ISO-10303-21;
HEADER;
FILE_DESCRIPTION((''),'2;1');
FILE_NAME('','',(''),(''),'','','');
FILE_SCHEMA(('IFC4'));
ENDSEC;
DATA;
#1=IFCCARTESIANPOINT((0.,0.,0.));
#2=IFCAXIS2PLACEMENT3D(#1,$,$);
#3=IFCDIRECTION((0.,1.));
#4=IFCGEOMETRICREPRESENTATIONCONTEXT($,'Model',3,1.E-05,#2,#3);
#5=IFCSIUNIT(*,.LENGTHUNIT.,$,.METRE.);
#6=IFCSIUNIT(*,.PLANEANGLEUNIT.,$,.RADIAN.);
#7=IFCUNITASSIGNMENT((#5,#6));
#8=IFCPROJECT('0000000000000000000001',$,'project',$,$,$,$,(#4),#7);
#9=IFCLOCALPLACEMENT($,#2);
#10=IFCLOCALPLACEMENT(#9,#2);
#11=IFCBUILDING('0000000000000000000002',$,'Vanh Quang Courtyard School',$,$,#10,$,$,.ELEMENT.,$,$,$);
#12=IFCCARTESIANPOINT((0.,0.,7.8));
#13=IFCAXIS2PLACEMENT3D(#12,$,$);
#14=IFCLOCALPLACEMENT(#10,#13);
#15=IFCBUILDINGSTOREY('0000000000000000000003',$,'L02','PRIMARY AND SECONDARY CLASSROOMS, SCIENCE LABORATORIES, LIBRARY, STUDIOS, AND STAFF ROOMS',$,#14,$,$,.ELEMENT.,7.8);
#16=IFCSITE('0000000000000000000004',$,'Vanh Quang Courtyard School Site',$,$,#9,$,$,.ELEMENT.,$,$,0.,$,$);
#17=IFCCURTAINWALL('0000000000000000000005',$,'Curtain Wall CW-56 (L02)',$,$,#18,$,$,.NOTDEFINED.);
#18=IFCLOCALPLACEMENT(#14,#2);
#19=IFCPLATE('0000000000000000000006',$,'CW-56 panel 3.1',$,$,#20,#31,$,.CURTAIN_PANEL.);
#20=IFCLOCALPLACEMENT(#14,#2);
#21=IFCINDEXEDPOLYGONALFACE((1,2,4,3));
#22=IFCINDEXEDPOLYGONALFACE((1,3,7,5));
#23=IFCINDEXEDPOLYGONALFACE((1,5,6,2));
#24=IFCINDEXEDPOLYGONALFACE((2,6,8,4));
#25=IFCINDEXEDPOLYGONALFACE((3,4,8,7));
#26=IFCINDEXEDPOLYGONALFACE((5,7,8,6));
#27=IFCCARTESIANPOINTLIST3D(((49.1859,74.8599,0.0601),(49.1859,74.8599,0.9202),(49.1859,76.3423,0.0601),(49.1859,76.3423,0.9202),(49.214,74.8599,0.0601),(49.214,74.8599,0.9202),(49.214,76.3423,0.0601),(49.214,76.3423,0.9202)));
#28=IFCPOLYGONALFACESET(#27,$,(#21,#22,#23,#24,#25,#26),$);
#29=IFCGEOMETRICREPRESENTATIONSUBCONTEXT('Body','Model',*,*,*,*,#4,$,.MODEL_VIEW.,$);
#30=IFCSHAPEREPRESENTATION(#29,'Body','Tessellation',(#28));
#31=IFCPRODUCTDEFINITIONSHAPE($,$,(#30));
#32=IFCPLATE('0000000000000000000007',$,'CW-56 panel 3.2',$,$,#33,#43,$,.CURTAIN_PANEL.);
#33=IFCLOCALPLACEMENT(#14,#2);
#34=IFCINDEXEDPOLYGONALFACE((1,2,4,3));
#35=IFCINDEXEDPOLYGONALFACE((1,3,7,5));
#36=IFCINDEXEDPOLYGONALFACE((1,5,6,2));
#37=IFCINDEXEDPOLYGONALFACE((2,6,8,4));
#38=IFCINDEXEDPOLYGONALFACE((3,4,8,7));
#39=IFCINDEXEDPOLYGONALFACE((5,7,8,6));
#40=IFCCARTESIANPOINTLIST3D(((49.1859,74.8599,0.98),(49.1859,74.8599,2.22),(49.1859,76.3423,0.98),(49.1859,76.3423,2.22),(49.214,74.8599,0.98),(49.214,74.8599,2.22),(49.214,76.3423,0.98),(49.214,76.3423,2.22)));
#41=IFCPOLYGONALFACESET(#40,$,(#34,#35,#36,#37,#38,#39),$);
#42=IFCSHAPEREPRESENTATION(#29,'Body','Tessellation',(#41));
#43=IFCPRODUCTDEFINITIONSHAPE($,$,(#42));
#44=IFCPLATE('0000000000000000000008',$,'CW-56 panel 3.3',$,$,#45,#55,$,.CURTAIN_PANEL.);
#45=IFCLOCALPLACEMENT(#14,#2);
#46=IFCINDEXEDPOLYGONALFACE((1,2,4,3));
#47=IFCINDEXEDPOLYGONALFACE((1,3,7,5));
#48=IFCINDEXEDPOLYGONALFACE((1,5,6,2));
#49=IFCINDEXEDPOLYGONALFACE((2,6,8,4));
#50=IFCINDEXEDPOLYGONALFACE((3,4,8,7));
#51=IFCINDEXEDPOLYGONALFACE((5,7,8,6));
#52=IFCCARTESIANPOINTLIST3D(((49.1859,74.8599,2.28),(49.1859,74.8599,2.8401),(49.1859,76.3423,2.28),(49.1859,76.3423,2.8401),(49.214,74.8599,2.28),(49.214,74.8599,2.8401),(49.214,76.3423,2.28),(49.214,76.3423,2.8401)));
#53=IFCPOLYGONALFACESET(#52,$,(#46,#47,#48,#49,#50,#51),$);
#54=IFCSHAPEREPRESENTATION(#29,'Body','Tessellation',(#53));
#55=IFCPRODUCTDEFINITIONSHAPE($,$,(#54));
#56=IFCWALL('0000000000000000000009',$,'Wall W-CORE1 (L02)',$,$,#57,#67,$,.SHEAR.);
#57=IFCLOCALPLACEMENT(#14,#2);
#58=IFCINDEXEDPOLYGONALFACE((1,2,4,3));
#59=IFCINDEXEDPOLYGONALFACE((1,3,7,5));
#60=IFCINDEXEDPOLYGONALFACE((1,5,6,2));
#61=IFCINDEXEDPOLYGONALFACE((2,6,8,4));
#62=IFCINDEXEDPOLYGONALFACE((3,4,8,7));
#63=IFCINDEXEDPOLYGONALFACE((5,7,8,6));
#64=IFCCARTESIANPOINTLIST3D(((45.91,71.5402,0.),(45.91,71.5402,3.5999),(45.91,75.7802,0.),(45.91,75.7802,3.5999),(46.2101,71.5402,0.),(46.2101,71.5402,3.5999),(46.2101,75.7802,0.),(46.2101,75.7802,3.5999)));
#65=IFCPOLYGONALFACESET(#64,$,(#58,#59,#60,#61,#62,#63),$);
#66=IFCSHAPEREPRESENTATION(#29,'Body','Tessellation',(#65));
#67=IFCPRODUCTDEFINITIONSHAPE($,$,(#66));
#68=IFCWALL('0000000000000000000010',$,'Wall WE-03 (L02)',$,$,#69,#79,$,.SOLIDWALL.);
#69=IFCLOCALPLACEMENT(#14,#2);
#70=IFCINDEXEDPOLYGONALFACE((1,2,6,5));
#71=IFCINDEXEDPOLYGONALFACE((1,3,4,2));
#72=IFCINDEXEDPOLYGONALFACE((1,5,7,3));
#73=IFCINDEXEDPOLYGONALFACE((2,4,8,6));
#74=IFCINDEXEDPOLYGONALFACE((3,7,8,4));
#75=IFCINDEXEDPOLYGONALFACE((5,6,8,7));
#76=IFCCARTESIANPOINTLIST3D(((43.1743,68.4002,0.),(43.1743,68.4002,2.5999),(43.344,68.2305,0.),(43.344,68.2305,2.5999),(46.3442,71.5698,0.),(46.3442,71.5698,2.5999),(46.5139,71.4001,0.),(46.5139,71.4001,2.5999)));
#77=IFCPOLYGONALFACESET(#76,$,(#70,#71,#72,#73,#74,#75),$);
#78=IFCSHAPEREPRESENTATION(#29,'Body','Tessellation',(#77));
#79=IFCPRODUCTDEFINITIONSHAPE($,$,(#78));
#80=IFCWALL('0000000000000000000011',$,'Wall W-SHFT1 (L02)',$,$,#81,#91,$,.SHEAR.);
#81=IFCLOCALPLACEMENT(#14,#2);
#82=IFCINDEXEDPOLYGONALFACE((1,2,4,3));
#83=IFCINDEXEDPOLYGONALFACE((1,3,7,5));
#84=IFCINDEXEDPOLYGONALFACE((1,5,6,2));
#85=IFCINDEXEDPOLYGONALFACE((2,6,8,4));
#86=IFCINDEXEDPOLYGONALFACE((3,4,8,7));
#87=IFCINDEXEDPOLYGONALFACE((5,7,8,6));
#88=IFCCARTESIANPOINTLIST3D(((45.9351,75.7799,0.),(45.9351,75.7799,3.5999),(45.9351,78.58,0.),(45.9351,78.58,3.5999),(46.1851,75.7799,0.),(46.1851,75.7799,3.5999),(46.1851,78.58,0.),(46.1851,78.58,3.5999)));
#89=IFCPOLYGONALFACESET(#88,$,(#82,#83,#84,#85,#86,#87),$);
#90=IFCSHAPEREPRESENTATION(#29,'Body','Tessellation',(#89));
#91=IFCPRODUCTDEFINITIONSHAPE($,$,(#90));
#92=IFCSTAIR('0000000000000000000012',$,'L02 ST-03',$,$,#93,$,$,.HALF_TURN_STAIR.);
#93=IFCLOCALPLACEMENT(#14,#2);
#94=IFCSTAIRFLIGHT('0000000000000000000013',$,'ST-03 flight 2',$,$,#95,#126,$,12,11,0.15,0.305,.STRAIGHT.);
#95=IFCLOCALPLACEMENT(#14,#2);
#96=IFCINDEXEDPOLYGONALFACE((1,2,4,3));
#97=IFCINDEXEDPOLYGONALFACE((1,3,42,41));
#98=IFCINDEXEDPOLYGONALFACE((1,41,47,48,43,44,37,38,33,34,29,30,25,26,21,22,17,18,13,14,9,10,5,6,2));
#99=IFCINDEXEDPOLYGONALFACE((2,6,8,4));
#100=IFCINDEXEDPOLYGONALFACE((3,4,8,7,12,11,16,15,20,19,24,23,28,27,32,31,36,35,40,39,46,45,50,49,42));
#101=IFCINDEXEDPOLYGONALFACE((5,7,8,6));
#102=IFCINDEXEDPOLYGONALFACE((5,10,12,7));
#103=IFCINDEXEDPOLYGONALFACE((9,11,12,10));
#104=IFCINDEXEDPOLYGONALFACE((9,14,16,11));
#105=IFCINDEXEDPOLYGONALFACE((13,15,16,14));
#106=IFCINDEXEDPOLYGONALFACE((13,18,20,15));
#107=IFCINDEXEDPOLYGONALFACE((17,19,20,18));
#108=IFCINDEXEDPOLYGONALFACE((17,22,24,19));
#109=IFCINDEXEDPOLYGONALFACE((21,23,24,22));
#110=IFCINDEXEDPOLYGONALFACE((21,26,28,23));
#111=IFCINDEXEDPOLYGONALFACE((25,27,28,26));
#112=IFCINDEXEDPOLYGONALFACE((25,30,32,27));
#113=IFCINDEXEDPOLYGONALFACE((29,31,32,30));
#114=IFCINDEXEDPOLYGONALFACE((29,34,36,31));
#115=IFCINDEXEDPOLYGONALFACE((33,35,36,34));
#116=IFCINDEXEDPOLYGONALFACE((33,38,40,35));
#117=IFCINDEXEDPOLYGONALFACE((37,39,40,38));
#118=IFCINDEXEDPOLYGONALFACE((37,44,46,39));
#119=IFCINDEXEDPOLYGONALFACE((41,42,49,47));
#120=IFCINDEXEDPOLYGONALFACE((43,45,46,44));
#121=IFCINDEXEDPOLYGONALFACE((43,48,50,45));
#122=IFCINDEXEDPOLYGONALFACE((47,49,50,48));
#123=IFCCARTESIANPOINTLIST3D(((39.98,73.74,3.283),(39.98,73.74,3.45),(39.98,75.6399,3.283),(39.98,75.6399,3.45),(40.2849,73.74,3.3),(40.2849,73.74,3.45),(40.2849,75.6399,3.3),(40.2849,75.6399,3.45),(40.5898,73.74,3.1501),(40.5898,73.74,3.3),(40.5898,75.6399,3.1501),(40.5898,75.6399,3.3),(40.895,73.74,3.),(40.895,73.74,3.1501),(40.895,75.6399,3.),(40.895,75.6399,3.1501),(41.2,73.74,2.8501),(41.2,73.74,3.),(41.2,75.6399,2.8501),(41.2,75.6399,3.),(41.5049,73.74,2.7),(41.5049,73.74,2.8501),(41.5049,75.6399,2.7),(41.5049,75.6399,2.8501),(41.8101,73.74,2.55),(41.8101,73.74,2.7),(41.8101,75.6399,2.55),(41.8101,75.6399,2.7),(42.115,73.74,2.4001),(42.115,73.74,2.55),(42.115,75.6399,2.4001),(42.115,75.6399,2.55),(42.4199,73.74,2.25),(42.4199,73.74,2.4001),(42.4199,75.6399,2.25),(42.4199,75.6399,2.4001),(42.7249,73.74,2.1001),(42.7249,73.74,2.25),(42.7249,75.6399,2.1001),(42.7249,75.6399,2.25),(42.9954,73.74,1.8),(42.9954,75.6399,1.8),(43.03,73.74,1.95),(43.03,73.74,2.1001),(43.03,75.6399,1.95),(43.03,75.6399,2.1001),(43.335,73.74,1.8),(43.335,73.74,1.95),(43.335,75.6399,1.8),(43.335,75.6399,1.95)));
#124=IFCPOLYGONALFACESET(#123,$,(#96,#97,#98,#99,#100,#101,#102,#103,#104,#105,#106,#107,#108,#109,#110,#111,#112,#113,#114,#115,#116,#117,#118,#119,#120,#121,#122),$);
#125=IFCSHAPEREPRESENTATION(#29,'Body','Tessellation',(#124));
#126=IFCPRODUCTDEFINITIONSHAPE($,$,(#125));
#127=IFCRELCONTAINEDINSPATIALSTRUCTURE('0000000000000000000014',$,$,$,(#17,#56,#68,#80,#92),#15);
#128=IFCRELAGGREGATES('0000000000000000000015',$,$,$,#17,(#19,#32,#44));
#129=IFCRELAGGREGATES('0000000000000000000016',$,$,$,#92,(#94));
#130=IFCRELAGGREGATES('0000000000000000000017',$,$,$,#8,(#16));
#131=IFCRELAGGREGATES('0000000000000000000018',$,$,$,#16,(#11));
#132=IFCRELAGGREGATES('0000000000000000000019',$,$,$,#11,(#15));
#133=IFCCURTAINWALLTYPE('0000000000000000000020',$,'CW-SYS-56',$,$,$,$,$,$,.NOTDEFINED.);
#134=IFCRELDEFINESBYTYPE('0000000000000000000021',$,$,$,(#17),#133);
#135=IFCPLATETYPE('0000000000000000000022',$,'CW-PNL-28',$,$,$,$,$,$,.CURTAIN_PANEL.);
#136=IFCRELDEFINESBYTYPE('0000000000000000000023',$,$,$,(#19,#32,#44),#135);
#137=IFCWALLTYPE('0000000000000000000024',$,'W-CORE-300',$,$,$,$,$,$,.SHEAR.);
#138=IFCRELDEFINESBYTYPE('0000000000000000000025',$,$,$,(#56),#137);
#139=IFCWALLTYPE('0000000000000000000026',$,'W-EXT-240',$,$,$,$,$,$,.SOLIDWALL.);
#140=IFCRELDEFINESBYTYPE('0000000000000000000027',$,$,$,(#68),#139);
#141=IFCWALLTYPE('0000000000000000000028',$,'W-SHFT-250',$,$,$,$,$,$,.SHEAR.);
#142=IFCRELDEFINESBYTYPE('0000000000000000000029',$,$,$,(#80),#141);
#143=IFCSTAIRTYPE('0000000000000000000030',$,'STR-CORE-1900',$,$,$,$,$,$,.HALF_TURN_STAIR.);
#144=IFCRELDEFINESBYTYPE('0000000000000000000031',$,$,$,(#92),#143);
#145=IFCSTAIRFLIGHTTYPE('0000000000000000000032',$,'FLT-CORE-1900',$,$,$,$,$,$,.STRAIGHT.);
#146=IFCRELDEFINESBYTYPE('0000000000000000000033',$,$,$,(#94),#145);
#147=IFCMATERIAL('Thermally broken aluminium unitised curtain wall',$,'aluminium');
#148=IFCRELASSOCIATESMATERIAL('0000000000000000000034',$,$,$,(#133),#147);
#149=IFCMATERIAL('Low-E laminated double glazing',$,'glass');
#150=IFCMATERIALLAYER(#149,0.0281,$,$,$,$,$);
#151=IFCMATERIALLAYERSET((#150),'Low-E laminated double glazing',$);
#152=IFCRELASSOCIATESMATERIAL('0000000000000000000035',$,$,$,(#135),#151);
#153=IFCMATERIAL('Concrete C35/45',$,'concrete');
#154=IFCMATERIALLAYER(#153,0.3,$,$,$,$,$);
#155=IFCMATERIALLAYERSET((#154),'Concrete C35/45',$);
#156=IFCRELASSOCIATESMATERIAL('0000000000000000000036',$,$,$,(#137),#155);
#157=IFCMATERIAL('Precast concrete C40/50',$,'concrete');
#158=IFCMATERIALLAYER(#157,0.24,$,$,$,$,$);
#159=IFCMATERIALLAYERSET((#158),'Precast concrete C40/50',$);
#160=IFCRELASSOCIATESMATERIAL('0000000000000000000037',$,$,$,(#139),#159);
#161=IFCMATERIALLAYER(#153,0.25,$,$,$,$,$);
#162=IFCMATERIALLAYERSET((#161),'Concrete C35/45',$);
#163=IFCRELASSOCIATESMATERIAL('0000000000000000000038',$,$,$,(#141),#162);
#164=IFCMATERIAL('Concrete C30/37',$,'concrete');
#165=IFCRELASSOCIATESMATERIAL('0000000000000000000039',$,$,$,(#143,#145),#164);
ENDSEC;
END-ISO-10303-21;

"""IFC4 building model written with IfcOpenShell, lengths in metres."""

from ifc_helpers import new_model, si_unit, direction, frame, frame_2d, origin, origin_2d, place, context, subcontext, project, spatial, polyline, rectangle, outline, extrude, material, layer, layer_set, type_object, element, aggregate, save


model = new_model("IFC4")

# Units and contexts
model_context = context("Model", 3, precision=1e-05, world=origin(), true_north=direction((0.0, 1.0)))
body_context = subcontext(model_context, "Body", "Model", "MODEL_VIEW")
ifc_project = project(units=[si_unit("LENGTHUNIT", "METRE"), si_unit("PLANEANGLEUNIT", "RADIAN")], contexts=[model_context])

# Site, building, storey
site_placement = place(None, origin())
site = spatial("IfcSite", under=ifc_project, at=site_placement, Name="Vanh Quang Courtyard School Site", CompositionType="ELEMENT", RefElevation=0.0)
building_placement = place(site_placement, origin())
building = spatial("IfcBuilding", under=site, at=building_placement, Name="Vanh Quang Courtyard School", CompositionType="ELEMENT")
storey_placement = place(building_placement, frame((0.0, 0.0, 7.8)))
storey = spatial("IfcBuildingStorey", under=building, at=storey_placement, Name="L02", Description="PRIMARY AND SECONDARY CLASSROOMS, SCIENCE LABORATORIES, LIBRARY, STUDIOS, AND STAFF ROOMS", CompositionType="ELEMENT", Elevation=7.8)

# Shared definitions
ifc_material_1 = material(Name="Concrete C35/45", Category="concrete")

# Curtain wall, plates
ifc_material_2 = material(Name="Thermally broken aluminium unitised curtain wall", Category="aluminium")
curtain_wall_type = type_object("IfcCurtainWallType", Name="CW-SYS-56", PredefinedType="NOTDEFINED", material=ifc_material_2)
curtain_wall_placement = place(storey_placement, origin())
curtain_wall = element("IfcCurtainWall", 1, at=curtain_wall_placement, inside=storey, type_object=curtain_wall_type, Name="Curtain Wall CW-56 (L02)", PredefinedType="NOTDEFINED")
ifc_material_3 = material(Name="Low-E laminated double glazing", Category="glass")
ifc_layer_1 = layer(ifc_material_3, 0.0281)
ifc_layer_set_1 = layer_set([ifc_layer_1], Name="Low-E laminated double glazing")
plate_type = type_object("IfcPlateType", Name="CW-PNL-28", PredefinedType="CURTAIN_PANEL", material=ifc_layer_set_1)
plate_1_placement = place(storey_placement, frame((49.2, 75.6011, 0.0601), z_axis=(0.0, 0.0, 1.0), x_axis=(0.0, -1.0, 0.0)))
plate_1 = element("IfcPlate", 2, at=plate_1_placement, type_object=plate_type, Name="CW-56 panel 3.1", PredefinedType="CURTAIN_PANEL", context=body_context, shape_type="SweptSolid", body=[
    extrude(rectangle(XDim=1.4824, YDim=0.0281, at=origin_2d()), origin(), (0.0, 0.0, 1.0), 0.8601),
])
plate_2_placement = place(storey_placement, frame((49.2, 75.6011, 0.98), z_axis=(0.0, 0.0, 1.0), x_axis=(0.0, -1.0, 0.0)))
plate_2 = element("IfcPlate", 3, at=plate_2_placement, type_object=plate_type, Name="CW-56 panel 3.2", PredefinedType="CURTAIN_PANEL", context=body_context, shape_type="SweptSolid", body=[
    extrude(rectangle(XDim=1.4824, YDim=0.0281, at=origin_2d()), origin(), (0.0, 0.0, 1.0), 1.24),
])
plate_3_placement = place(storey_placement, frame((49.2, 75.6011, 2.28), z_axis=(0.0, 0.0, 1.0), x_axis=(0.0, -1.0, 0.0)))
plate_3 = element("IfcPlate", 4, at=plate_3_placement, type_object=plate_type, Name="CW-56 panel 3.3", PredefinedType="CURTAIN_PANEL", context=body_context, shape_type="SweptSolid", body=[
    extrude(rectangle(XDim=1.4824, YDim=0.0281, at=origin_2d()), origin(), (0.0, 0.0, 1.0), 0.5601),
])
aggregate(curtain_wall, [plate_1, plate_2, plate_3])

# Wall
ifc_layer_2 = layer(ifc_material_1, 0.3)
ifc_layer_set_2 = layer_set([ifc_layer_2], Name="Concrete C35/45")
wall_type_1 = type_object("IfcWallType", Name="W-CORE-300", PredefinedType="SHEAR", material=ifc_layer_set_2)
wall_1_placement = place(storey_placement, frame((46.0601, 71.54, 0.0), z_axis=(0.0, 0.0, 1.0), x_axis=(0.0, 1.0, 0.0)))
element("IfcWall", 5, at=wall_1_placement, inside=storey, type_object=wall_type_1, Name="Wall W-CORE1 (L02)", PredefinedType="SHEAR", context=body_context, shape_type="SweptSolid", body=[
    extrude(rectangle(XDim=4.24, YDim=0.3, at=frame_2d((2.1201, 0.0))), origin(), (0.0, 0.0, 1.0), 3.5999),
])

# Walls
ifc_material_4 = material(Name="Precast concrete C40/50", Category="concrete")
ifc_layer_3 = layer(ifc_material_4, 0.24)
ifc_layer_set_3 = layer_set([ifc_layer_3], Name="Precast concrete C40/50")
wall_type_2 = type_object("IfcWallType", Name="W-EXT-240", PredefinedType="SOLIDWALL", material=ifc_layer_set_3)
wall_2_placement = place(storey_placement, frame((46.429, 71.4849, 0.0), z_axis=(0.0, 0.0, 1.0), x_axis=(-0.707134, -0.70708, 0.0)))
element("IfcWall", 6, at=wall_2_placement, inside=storey, type_object=wall_type_2, Name="Wall WE-03 (L02)", PredefinedType="SOLIDWALL", context=body_context, shape_type="SweptSolid", body=[
    extrude(rectangle(XDim=4.4827, YDim=0.24, at=frame_2d((2.2412, 0.0))), origin(), (0.0, 0.0, 1.0), 2.5999),
])
ifc_layer_4 = layer(ifc_material_1, 0.25)
ifc_layer_set_4 = layer_set([ifc_layer_4], Name="Concrete C35/45")
wall_type_3 = type_object("IfcWallType", Name="W-SHFT-250", PredefinedType="SHEAR", material=ifc_layer_set_4)
wall_3_placement = place(storey_placement, frame((46.0601, 75.78, 0.0), z_axis=(0.0, 0.0, 1.0), x_axis=(0.0, 1.0, 0.0)))
element("IfcWall", 7, at=wall_3_placement, inside=storey, type_object=wall_type_3, Name="Wall W-SHFT1 (L02)", PredefinedType="SHEAR", context=body_context, shape_type="SweptSolid", body=[
    extrude(rectangle(XDim=2.8, YDim=0.25, at=frame_2d((1.3999, 0.0))), origin(), (0.0, 0.0, 1.0), 3.5999),
])

# Stair, stair flight
ifc_material_5 = material(Name="Concrete C30/37", Category="concrete")
stair_type = type_object("IfcStairType", Name="STR-CORE-1900", PredefinedType="HALF_TURN_STAIR", material=ifc_material_5)
stair_placement = place(storey_placement, origin())
stair = element("IfcStair", 8, at=stair_placement, inside=storey, type_object=stair_type, Name="L02 ST-03", PredefinedType="HALF_TURN_STAIR")
stair_flight_type = type_object("IfcStairFlightType", Name="FLT-CORE-1900", PredefinedType="STRAIGHT", material=ifc_material_5)
stair_flight_placement = place(storey_placement, frame((43.335, 74.6899, 1.8), z_axis=(0.0, 0.0, 1.0), x_axis=(-1.0, 0.0, 0.0)))
stair_flight = element("IfcStairFlight", 9, at=stair_flight_placement, type_object=stair_flight_type, Name="ST-03 flight 2", NumberOfRisers=12, NumberOfTreads=11, PredefinedType="STRAIGHT", RiserHeight=0.15, TreadLength=0.305, context=body_context, shape_type="SweptSolid", body=[
    extrude(outline(polyline([(0.0, 0.0), (0.0, 0.1499), (0.3049, 0.1499), (0.3049, 0.3), (0.6101, 0.3), (0.6101, 0.45), (0.915, 0.45), (0.915, 0.6001), (1.22, 0.6001), (1.22, 0.75), (1.5249, 0.75), (1.5249, 0.8999), (1.8301, 0.8999), (1.8301, 1.05), (2.135, 1.05), (2.135, 1.2), (2.4399, 1.2), (2.4399, 1.3501), (2.7451, 1.3501), (2.7451, 1.5), (3.05, 1.5), (3.05, 1.6499), (3.355, 1.6499), (3.355, 1.8), (3.355, 1.4829), (0.3396, 0.0), (0.0, 0.0)])), frame((0.0, 0.95, 0.0), z_axis=(0.0, -1.0, 0.0), x_axis=(1.0, 0.0, 0.0)), (0.0, 0.0, 1.0), 1.8999),
])
aggregate(stair, [stair_flight])

save(model, "model.ifc")
